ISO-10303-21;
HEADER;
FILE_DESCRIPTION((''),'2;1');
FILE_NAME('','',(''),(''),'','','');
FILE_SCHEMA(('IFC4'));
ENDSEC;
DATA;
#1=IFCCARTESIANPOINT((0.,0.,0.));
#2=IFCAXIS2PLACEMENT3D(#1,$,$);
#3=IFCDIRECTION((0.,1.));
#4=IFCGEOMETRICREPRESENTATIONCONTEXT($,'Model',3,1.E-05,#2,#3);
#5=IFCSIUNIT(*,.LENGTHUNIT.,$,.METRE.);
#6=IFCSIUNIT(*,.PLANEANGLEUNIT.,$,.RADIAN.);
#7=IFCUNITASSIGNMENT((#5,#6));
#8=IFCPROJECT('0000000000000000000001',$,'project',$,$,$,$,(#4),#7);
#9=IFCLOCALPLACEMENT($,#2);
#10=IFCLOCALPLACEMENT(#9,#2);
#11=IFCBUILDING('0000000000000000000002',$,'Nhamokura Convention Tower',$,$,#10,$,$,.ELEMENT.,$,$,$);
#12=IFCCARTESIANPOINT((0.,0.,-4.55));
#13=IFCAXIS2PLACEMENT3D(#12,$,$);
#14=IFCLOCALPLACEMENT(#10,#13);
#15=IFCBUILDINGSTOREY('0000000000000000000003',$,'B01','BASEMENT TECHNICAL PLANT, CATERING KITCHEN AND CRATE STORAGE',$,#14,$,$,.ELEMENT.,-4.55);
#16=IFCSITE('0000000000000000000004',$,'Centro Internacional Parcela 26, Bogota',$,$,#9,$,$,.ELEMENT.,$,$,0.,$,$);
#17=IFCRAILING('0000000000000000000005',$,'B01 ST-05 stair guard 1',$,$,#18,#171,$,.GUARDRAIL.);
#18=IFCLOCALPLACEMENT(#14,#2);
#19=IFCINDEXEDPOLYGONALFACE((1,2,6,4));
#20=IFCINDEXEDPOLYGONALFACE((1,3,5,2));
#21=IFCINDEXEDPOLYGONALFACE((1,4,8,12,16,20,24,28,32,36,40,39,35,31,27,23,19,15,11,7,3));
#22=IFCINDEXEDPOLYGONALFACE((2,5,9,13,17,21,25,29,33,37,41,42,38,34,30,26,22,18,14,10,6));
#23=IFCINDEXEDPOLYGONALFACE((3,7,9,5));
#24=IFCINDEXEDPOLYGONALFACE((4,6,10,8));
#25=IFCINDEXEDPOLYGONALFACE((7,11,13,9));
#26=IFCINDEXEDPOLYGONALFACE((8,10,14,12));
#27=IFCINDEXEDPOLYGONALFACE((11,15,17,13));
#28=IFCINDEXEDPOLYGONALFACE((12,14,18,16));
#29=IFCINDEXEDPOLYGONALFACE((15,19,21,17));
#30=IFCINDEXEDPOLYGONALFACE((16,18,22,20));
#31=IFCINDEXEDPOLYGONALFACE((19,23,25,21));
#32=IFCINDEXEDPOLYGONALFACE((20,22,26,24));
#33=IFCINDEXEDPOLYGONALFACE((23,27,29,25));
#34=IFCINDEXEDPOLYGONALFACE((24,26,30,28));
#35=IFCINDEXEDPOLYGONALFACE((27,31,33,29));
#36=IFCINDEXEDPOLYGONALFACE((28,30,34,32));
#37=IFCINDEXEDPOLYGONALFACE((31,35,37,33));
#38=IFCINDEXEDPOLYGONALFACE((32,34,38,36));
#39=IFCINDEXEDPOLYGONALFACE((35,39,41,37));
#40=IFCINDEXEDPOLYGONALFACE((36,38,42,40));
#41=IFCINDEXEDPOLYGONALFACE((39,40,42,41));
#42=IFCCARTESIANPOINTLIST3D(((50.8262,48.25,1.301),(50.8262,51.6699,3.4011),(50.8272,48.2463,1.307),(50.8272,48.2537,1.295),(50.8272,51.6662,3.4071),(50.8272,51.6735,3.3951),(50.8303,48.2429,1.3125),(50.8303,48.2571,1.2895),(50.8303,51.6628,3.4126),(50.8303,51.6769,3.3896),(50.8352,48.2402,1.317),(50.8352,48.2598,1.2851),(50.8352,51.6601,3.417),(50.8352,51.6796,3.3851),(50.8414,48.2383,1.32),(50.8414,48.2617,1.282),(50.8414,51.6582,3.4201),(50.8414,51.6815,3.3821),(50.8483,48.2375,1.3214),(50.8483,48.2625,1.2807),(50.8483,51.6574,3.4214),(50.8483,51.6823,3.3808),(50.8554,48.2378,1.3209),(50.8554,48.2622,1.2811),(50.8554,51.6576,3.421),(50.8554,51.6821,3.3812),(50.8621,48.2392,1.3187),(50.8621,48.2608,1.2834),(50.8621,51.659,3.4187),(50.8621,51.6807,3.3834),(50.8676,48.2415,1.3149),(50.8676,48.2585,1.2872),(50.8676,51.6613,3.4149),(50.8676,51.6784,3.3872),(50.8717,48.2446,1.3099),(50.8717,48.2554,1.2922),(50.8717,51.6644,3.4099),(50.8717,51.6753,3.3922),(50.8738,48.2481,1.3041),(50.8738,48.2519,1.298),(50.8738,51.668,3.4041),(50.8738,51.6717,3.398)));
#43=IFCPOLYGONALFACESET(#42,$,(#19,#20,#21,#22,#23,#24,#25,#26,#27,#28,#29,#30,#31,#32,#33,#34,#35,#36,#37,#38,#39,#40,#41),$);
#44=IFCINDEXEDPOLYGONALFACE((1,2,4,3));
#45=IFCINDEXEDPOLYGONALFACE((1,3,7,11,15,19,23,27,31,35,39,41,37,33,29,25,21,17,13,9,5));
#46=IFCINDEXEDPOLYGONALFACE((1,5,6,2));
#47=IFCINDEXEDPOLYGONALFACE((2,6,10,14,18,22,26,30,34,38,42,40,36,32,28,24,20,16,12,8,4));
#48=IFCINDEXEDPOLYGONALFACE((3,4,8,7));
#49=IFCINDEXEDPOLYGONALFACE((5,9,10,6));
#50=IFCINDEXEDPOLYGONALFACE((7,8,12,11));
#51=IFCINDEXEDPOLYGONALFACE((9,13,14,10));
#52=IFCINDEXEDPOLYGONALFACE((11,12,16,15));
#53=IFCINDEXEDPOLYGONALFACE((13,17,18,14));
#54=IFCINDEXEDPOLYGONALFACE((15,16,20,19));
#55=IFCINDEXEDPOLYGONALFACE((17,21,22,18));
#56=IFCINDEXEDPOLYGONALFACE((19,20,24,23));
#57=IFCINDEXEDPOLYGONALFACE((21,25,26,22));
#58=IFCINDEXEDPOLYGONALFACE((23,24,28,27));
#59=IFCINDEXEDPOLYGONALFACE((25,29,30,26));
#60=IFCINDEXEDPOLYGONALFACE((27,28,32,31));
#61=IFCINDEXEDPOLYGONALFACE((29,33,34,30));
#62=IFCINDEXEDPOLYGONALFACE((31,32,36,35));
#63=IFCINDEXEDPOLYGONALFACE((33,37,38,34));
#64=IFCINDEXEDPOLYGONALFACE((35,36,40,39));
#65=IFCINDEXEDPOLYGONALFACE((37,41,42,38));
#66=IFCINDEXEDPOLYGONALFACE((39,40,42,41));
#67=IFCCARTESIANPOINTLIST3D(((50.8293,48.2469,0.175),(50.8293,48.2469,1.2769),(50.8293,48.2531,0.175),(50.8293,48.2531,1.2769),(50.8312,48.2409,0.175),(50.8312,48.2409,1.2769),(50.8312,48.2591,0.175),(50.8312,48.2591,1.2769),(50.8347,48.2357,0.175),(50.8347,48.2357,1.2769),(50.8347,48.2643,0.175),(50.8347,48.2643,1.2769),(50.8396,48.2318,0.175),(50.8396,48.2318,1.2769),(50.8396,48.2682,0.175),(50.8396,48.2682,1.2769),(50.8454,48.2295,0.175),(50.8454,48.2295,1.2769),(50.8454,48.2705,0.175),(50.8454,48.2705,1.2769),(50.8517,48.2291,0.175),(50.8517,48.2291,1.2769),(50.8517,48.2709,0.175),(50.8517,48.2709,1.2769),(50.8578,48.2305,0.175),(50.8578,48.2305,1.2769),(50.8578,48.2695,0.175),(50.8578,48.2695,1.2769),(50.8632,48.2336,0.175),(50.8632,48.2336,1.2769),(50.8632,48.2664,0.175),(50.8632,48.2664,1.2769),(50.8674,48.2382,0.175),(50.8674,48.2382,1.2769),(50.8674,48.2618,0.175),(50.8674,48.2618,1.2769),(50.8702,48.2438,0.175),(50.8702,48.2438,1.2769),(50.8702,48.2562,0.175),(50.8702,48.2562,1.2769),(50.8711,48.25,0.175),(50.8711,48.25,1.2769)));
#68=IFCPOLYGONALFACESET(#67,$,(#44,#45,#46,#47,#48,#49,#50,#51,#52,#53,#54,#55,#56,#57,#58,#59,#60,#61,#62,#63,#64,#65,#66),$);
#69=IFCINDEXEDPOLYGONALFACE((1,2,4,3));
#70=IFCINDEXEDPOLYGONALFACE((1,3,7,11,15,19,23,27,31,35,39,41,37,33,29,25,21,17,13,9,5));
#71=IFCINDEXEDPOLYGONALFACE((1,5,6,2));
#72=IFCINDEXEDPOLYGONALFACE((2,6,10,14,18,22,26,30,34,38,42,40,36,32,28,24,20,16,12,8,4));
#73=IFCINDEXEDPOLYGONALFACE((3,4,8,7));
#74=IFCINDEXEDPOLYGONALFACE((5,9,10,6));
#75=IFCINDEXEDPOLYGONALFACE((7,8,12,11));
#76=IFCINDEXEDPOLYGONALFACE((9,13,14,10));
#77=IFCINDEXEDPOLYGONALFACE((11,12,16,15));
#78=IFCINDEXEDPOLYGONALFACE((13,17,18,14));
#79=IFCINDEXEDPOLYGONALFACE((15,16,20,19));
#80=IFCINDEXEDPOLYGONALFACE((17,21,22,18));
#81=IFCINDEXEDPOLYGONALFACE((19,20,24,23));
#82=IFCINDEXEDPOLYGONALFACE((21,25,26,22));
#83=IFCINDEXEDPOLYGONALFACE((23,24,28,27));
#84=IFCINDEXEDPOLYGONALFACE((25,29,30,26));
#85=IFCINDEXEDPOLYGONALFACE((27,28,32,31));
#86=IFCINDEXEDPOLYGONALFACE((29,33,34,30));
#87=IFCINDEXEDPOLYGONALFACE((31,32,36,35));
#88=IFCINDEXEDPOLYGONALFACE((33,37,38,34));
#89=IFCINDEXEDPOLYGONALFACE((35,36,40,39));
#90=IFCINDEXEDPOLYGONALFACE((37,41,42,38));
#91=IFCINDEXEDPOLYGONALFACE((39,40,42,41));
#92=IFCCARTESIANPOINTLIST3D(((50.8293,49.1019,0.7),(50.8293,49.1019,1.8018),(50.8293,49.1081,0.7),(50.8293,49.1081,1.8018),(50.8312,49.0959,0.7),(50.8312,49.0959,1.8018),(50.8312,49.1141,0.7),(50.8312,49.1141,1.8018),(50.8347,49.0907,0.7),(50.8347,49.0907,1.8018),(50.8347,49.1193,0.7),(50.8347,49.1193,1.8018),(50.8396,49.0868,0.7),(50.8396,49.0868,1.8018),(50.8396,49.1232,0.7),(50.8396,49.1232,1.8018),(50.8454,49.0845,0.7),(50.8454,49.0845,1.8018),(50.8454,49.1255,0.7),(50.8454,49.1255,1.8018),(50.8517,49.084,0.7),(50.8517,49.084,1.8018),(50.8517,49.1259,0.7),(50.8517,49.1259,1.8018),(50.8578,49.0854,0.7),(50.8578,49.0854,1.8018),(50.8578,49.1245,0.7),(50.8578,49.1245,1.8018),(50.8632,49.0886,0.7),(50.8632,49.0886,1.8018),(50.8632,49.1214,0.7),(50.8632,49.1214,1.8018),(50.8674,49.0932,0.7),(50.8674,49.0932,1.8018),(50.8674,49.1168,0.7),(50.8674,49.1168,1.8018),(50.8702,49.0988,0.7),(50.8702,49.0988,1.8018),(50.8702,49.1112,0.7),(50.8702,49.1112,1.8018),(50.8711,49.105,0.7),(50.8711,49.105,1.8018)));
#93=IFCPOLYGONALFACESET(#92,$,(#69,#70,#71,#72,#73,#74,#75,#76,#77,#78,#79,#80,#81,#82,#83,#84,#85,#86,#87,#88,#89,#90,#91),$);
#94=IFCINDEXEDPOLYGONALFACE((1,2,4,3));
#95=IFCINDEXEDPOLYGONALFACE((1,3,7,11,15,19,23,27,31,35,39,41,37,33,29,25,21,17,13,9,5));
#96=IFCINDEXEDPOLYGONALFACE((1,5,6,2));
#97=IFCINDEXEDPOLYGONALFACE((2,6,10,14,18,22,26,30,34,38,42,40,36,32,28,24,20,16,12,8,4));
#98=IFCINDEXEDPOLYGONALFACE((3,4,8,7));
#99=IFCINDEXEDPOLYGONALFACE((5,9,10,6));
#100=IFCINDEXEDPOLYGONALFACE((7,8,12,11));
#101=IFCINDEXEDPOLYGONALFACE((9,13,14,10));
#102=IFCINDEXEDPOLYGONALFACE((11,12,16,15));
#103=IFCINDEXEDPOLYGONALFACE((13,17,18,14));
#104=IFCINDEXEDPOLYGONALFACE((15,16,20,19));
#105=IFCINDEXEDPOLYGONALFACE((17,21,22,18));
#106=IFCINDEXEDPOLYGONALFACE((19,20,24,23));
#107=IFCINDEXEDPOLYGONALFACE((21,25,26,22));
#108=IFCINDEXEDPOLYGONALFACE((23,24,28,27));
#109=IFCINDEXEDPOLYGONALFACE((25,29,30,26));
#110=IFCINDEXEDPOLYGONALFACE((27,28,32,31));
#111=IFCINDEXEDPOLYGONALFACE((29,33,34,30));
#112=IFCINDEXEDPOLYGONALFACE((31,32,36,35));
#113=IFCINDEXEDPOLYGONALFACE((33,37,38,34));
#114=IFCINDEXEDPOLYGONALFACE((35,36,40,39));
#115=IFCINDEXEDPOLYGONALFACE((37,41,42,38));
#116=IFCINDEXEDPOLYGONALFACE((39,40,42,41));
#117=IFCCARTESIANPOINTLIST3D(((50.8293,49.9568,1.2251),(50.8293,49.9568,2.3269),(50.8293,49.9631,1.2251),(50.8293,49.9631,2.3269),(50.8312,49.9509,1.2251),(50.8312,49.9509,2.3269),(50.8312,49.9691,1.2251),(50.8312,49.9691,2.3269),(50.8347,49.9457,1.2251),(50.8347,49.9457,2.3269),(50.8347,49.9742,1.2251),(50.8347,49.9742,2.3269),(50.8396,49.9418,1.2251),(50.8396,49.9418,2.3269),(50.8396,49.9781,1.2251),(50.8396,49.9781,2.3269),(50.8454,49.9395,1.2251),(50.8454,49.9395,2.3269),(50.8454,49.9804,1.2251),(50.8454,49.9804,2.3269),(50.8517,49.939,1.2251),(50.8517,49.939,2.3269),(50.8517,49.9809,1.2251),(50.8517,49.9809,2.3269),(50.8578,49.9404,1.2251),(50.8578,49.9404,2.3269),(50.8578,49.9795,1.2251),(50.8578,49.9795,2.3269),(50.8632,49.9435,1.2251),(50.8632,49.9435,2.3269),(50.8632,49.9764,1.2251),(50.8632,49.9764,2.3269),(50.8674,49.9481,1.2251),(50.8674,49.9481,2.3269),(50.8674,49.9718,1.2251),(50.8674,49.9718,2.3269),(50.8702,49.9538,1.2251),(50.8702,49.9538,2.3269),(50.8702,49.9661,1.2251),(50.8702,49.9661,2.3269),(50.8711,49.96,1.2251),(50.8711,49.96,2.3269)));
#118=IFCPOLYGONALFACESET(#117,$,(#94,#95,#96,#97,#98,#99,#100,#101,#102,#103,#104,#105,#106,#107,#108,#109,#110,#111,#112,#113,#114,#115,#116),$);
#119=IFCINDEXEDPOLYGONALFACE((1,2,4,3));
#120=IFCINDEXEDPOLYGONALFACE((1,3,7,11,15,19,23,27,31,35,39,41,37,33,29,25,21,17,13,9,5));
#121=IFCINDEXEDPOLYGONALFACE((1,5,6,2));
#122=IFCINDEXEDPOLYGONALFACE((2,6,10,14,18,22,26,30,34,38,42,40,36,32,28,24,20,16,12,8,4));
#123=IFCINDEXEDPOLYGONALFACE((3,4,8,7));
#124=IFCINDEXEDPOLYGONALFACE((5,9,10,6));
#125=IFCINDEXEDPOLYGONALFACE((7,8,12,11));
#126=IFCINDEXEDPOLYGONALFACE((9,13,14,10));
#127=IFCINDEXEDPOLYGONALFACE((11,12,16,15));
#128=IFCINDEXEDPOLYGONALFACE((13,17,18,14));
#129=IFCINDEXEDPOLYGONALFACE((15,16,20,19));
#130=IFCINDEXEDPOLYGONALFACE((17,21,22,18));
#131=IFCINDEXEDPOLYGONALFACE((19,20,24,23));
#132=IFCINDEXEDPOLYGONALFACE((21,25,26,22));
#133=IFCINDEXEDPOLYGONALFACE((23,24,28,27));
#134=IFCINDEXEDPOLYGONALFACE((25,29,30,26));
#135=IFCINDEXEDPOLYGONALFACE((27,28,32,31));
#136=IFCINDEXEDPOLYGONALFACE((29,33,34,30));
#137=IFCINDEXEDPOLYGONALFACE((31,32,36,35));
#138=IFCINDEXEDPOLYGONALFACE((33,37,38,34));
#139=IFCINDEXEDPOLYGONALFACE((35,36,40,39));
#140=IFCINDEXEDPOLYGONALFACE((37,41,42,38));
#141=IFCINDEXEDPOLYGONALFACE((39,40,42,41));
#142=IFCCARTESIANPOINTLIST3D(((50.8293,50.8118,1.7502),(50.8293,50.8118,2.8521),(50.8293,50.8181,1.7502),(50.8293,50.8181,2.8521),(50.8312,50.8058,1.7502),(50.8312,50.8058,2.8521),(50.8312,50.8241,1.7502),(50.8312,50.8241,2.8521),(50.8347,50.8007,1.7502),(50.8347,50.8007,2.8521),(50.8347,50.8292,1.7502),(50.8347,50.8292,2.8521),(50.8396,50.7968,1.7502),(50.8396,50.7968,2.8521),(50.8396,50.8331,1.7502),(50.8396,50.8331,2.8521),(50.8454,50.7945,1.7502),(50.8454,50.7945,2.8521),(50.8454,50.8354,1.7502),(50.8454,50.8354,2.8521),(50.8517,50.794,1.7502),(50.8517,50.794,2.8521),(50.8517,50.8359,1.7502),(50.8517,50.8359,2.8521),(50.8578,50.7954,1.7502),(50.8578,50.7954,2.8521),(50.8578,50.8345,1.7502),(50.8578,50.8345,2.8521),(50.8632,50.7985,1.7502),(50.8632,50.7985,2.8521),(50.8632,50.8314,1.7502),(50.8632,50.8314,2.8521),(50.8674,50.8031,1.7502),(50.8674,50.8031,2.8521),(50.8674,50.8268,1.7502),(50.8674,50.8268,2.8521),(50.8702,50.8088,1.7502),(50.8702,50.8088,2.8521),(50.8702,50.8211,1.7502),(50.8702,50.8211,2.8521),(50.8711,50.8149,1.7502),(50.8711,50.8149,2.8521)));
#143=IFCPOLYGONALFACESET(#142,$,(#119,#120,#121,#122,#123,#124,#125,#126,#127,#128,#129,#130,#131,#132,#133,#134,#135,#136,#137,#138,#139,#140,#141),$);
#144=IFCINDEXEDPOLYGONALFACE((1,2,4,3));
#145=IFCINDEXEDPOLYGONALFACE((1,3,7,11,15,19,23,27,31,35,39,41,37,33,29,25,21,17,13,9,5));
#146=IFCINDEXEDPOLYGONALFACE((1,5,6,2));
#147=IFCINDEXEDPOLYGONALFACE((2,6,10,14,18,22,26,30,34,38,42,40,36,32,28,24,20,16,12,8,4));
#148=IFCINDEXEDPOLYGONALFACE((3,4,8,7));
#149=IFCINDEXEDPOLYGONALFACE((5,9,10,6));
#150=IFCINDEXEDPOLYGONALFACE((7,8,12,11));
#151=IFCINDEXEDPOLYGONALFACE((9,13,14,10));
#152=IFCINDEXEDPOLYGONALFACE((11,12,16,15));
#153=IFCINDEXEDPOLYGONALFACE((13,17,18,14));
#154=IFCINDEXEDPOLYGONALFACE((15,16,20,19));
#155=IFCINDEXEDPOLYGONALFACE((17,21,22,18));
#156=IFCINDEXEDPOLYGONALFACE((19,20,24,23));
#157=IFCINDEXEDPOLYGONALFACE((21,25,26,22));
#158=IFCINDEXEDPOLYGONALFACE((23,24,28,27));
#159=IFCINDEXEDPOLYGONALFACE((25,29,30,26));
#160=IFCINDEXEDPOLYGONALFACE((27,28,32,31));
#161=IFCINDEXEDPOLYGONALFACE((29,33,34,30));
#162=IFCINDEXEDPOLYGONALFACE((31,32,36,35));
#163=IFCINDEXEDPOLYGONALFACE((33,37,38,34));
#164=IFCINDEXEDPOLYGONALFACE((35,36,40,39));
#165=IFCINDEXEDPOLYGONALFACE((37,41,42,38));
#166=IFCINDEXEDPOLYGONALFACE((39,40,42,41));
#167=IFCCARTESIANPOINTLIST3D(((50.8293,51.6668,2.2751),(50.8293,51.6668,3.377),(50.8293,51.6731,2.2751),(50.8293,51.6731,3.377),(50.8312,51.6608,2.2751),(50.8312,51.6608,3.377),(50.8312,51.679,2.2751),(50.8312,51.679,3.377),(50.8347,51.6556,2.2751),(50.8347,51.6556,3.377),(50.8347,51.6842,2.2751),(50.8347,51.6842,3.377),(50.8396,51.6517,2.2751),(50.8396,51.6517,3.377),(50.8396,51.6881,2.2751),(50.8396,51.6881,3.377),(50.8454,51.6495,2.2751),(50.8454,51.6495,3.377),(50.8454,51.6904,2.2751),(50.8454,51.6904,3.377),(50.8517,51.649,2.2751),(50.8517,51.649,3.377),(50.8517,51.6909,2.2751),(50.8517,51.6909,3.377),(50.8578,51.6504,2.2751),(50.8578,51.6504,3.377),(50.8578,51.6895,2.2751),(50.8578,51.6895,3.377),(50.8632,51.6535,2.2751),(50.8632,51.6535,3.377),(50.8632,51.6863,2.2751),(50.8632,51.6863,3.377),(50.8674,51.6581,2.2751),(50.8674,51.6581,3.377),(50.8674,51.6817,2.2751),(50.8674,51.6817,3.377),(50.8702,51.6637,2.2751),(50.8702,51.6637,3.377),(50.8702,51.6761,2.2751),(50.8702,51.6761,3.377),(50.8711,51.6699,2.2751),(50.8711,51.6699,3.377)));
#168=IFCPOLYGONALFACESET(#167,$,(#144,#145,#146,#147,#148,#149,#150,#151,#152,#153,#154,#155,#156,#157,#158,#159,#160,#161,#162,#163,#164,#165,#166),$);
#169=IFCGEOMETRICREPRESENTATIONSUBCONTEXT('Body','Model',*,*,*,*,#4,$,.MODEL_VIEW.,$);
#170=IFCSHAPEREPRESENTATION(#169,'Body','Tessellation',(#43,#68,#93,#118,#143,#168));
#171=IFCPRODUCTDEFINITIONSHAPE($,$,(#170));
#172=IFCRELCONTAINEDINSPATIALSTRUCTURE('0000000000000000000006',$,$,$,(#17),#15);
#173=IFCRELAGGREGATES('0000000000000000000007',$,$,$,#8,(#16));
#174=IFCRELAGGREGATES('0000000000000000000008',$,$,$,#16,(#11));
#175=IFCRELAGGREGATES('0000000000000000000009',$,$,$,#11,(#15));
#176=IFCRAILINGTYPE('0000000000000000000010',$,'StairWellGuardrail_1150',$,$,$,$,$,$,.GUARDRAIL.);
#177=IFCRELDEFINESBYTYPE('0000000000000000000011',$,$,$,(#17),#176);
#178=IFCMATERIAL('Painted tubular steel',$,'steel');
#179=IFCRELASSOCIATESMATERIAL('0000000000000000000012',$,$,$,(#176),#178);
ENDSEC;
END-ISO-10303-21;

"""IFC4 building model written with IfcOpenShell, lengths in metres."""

from ifc_helpers import new_model, si_unit, direction, frame, origin, origin_2d, place, context, subcontext, project, spatial, circle, extrude, material, type_object, element, save


model = new_model("IFC4")

# Units and contexts
model_context = context("Model", 3, precision=1e-05, world=origin(), true_north=direction((0.0, 1.0)))
body_context = subcontext(model_context, "Body", "Model", "MODEL_VIEW")
ifc_project = project(units=[si_unit("LENGTHUNIT", "METRE"), si_unit("PLANEANGLEUNIT", "RADIAN")], contexts=[model_context])

# Site, building, storey
site_placement = place(None, origin())
site = spatial("IfcSite", under=ifc_project, at=site_placement, Name="Centro Internacional Parcela 26, Bogota", CompositionType="ELEMENT", RefElevation=0.0)
building_placement = place(site_placement, origin())
building = spatial("IfcBuilding", under=site, at=building_placement, Name="Nhamokura Convention Tower", CompositionType="ELEMENT")
storey_placement = place(building_placement, frame((0.0, 0.0, -4.55)))
storey = spatial("IfcBuildingStorey", under=building, at=storey_placement, Name="B01", Description="BASEMENT TECHNICAL PLANT, CATERING KITCHEN AND CRATE STORAGE", CompositionType="ELEMENT", Elevation=-4.55)

# Railing
ifc_material_1 = material(Name="Painted tubular steel", Category="steel")
railing_type_1 = type_object("IfcRailingType", Name="StairWellGuardrail_1150", PredefinedType="GUARDRAIL", material=ifc_material_1)
railing_1_placement = place(storey_placement, frame((50.8501, 48.25, 0.175)))
element("IfcRailing", 1, at=railing_1_placement, inside=storey, type_object=railing_type_1, Name="B01 ST-05 stair guard 1", PredefinedType="GUARDRAIL", context=body_context, shape_type="SweptSolid", body=[
    extrude(circle(Radius=0.0239, at=origin_2d()), frame((0.0, 0.0, 1.126), z_axis=(0.0, 0.852155, 0.523289), x_axis=(-1.0, 0.0, 0.0)), (0.0, 0.0, 1.0), 4.0132),
    extrude(circle(Radius=0.021, at=origin_2d()), origin(), (0.0, 0.0, 1.0), 1.1018),
    extrude(circle(Radius=0.021, at=origin_2d()), frame((0.0, 0.855, 0.5249)), (0.0, 0.0, 1.0), 1.1018),
    extrude(circle(Radius=0.021, at=origin_2d()), frame((0.0, 1.71, 1.05)), (0.0, 0.0, 1.0), 1.1018),
    extrude(circle(Radius=0.021, at=origin_2d()), frame((0.0, 2.5649, 1.5752)), (0.0, 0.0, 1.0), 1.1018),
    extrude(circle(Radius=0.021, at=origin_2d()), frame((0.0, 3.4199, 2.1001)), (0.0, 0.0, 1.0), 1.1018),
])

save(model, "model.ifc")
